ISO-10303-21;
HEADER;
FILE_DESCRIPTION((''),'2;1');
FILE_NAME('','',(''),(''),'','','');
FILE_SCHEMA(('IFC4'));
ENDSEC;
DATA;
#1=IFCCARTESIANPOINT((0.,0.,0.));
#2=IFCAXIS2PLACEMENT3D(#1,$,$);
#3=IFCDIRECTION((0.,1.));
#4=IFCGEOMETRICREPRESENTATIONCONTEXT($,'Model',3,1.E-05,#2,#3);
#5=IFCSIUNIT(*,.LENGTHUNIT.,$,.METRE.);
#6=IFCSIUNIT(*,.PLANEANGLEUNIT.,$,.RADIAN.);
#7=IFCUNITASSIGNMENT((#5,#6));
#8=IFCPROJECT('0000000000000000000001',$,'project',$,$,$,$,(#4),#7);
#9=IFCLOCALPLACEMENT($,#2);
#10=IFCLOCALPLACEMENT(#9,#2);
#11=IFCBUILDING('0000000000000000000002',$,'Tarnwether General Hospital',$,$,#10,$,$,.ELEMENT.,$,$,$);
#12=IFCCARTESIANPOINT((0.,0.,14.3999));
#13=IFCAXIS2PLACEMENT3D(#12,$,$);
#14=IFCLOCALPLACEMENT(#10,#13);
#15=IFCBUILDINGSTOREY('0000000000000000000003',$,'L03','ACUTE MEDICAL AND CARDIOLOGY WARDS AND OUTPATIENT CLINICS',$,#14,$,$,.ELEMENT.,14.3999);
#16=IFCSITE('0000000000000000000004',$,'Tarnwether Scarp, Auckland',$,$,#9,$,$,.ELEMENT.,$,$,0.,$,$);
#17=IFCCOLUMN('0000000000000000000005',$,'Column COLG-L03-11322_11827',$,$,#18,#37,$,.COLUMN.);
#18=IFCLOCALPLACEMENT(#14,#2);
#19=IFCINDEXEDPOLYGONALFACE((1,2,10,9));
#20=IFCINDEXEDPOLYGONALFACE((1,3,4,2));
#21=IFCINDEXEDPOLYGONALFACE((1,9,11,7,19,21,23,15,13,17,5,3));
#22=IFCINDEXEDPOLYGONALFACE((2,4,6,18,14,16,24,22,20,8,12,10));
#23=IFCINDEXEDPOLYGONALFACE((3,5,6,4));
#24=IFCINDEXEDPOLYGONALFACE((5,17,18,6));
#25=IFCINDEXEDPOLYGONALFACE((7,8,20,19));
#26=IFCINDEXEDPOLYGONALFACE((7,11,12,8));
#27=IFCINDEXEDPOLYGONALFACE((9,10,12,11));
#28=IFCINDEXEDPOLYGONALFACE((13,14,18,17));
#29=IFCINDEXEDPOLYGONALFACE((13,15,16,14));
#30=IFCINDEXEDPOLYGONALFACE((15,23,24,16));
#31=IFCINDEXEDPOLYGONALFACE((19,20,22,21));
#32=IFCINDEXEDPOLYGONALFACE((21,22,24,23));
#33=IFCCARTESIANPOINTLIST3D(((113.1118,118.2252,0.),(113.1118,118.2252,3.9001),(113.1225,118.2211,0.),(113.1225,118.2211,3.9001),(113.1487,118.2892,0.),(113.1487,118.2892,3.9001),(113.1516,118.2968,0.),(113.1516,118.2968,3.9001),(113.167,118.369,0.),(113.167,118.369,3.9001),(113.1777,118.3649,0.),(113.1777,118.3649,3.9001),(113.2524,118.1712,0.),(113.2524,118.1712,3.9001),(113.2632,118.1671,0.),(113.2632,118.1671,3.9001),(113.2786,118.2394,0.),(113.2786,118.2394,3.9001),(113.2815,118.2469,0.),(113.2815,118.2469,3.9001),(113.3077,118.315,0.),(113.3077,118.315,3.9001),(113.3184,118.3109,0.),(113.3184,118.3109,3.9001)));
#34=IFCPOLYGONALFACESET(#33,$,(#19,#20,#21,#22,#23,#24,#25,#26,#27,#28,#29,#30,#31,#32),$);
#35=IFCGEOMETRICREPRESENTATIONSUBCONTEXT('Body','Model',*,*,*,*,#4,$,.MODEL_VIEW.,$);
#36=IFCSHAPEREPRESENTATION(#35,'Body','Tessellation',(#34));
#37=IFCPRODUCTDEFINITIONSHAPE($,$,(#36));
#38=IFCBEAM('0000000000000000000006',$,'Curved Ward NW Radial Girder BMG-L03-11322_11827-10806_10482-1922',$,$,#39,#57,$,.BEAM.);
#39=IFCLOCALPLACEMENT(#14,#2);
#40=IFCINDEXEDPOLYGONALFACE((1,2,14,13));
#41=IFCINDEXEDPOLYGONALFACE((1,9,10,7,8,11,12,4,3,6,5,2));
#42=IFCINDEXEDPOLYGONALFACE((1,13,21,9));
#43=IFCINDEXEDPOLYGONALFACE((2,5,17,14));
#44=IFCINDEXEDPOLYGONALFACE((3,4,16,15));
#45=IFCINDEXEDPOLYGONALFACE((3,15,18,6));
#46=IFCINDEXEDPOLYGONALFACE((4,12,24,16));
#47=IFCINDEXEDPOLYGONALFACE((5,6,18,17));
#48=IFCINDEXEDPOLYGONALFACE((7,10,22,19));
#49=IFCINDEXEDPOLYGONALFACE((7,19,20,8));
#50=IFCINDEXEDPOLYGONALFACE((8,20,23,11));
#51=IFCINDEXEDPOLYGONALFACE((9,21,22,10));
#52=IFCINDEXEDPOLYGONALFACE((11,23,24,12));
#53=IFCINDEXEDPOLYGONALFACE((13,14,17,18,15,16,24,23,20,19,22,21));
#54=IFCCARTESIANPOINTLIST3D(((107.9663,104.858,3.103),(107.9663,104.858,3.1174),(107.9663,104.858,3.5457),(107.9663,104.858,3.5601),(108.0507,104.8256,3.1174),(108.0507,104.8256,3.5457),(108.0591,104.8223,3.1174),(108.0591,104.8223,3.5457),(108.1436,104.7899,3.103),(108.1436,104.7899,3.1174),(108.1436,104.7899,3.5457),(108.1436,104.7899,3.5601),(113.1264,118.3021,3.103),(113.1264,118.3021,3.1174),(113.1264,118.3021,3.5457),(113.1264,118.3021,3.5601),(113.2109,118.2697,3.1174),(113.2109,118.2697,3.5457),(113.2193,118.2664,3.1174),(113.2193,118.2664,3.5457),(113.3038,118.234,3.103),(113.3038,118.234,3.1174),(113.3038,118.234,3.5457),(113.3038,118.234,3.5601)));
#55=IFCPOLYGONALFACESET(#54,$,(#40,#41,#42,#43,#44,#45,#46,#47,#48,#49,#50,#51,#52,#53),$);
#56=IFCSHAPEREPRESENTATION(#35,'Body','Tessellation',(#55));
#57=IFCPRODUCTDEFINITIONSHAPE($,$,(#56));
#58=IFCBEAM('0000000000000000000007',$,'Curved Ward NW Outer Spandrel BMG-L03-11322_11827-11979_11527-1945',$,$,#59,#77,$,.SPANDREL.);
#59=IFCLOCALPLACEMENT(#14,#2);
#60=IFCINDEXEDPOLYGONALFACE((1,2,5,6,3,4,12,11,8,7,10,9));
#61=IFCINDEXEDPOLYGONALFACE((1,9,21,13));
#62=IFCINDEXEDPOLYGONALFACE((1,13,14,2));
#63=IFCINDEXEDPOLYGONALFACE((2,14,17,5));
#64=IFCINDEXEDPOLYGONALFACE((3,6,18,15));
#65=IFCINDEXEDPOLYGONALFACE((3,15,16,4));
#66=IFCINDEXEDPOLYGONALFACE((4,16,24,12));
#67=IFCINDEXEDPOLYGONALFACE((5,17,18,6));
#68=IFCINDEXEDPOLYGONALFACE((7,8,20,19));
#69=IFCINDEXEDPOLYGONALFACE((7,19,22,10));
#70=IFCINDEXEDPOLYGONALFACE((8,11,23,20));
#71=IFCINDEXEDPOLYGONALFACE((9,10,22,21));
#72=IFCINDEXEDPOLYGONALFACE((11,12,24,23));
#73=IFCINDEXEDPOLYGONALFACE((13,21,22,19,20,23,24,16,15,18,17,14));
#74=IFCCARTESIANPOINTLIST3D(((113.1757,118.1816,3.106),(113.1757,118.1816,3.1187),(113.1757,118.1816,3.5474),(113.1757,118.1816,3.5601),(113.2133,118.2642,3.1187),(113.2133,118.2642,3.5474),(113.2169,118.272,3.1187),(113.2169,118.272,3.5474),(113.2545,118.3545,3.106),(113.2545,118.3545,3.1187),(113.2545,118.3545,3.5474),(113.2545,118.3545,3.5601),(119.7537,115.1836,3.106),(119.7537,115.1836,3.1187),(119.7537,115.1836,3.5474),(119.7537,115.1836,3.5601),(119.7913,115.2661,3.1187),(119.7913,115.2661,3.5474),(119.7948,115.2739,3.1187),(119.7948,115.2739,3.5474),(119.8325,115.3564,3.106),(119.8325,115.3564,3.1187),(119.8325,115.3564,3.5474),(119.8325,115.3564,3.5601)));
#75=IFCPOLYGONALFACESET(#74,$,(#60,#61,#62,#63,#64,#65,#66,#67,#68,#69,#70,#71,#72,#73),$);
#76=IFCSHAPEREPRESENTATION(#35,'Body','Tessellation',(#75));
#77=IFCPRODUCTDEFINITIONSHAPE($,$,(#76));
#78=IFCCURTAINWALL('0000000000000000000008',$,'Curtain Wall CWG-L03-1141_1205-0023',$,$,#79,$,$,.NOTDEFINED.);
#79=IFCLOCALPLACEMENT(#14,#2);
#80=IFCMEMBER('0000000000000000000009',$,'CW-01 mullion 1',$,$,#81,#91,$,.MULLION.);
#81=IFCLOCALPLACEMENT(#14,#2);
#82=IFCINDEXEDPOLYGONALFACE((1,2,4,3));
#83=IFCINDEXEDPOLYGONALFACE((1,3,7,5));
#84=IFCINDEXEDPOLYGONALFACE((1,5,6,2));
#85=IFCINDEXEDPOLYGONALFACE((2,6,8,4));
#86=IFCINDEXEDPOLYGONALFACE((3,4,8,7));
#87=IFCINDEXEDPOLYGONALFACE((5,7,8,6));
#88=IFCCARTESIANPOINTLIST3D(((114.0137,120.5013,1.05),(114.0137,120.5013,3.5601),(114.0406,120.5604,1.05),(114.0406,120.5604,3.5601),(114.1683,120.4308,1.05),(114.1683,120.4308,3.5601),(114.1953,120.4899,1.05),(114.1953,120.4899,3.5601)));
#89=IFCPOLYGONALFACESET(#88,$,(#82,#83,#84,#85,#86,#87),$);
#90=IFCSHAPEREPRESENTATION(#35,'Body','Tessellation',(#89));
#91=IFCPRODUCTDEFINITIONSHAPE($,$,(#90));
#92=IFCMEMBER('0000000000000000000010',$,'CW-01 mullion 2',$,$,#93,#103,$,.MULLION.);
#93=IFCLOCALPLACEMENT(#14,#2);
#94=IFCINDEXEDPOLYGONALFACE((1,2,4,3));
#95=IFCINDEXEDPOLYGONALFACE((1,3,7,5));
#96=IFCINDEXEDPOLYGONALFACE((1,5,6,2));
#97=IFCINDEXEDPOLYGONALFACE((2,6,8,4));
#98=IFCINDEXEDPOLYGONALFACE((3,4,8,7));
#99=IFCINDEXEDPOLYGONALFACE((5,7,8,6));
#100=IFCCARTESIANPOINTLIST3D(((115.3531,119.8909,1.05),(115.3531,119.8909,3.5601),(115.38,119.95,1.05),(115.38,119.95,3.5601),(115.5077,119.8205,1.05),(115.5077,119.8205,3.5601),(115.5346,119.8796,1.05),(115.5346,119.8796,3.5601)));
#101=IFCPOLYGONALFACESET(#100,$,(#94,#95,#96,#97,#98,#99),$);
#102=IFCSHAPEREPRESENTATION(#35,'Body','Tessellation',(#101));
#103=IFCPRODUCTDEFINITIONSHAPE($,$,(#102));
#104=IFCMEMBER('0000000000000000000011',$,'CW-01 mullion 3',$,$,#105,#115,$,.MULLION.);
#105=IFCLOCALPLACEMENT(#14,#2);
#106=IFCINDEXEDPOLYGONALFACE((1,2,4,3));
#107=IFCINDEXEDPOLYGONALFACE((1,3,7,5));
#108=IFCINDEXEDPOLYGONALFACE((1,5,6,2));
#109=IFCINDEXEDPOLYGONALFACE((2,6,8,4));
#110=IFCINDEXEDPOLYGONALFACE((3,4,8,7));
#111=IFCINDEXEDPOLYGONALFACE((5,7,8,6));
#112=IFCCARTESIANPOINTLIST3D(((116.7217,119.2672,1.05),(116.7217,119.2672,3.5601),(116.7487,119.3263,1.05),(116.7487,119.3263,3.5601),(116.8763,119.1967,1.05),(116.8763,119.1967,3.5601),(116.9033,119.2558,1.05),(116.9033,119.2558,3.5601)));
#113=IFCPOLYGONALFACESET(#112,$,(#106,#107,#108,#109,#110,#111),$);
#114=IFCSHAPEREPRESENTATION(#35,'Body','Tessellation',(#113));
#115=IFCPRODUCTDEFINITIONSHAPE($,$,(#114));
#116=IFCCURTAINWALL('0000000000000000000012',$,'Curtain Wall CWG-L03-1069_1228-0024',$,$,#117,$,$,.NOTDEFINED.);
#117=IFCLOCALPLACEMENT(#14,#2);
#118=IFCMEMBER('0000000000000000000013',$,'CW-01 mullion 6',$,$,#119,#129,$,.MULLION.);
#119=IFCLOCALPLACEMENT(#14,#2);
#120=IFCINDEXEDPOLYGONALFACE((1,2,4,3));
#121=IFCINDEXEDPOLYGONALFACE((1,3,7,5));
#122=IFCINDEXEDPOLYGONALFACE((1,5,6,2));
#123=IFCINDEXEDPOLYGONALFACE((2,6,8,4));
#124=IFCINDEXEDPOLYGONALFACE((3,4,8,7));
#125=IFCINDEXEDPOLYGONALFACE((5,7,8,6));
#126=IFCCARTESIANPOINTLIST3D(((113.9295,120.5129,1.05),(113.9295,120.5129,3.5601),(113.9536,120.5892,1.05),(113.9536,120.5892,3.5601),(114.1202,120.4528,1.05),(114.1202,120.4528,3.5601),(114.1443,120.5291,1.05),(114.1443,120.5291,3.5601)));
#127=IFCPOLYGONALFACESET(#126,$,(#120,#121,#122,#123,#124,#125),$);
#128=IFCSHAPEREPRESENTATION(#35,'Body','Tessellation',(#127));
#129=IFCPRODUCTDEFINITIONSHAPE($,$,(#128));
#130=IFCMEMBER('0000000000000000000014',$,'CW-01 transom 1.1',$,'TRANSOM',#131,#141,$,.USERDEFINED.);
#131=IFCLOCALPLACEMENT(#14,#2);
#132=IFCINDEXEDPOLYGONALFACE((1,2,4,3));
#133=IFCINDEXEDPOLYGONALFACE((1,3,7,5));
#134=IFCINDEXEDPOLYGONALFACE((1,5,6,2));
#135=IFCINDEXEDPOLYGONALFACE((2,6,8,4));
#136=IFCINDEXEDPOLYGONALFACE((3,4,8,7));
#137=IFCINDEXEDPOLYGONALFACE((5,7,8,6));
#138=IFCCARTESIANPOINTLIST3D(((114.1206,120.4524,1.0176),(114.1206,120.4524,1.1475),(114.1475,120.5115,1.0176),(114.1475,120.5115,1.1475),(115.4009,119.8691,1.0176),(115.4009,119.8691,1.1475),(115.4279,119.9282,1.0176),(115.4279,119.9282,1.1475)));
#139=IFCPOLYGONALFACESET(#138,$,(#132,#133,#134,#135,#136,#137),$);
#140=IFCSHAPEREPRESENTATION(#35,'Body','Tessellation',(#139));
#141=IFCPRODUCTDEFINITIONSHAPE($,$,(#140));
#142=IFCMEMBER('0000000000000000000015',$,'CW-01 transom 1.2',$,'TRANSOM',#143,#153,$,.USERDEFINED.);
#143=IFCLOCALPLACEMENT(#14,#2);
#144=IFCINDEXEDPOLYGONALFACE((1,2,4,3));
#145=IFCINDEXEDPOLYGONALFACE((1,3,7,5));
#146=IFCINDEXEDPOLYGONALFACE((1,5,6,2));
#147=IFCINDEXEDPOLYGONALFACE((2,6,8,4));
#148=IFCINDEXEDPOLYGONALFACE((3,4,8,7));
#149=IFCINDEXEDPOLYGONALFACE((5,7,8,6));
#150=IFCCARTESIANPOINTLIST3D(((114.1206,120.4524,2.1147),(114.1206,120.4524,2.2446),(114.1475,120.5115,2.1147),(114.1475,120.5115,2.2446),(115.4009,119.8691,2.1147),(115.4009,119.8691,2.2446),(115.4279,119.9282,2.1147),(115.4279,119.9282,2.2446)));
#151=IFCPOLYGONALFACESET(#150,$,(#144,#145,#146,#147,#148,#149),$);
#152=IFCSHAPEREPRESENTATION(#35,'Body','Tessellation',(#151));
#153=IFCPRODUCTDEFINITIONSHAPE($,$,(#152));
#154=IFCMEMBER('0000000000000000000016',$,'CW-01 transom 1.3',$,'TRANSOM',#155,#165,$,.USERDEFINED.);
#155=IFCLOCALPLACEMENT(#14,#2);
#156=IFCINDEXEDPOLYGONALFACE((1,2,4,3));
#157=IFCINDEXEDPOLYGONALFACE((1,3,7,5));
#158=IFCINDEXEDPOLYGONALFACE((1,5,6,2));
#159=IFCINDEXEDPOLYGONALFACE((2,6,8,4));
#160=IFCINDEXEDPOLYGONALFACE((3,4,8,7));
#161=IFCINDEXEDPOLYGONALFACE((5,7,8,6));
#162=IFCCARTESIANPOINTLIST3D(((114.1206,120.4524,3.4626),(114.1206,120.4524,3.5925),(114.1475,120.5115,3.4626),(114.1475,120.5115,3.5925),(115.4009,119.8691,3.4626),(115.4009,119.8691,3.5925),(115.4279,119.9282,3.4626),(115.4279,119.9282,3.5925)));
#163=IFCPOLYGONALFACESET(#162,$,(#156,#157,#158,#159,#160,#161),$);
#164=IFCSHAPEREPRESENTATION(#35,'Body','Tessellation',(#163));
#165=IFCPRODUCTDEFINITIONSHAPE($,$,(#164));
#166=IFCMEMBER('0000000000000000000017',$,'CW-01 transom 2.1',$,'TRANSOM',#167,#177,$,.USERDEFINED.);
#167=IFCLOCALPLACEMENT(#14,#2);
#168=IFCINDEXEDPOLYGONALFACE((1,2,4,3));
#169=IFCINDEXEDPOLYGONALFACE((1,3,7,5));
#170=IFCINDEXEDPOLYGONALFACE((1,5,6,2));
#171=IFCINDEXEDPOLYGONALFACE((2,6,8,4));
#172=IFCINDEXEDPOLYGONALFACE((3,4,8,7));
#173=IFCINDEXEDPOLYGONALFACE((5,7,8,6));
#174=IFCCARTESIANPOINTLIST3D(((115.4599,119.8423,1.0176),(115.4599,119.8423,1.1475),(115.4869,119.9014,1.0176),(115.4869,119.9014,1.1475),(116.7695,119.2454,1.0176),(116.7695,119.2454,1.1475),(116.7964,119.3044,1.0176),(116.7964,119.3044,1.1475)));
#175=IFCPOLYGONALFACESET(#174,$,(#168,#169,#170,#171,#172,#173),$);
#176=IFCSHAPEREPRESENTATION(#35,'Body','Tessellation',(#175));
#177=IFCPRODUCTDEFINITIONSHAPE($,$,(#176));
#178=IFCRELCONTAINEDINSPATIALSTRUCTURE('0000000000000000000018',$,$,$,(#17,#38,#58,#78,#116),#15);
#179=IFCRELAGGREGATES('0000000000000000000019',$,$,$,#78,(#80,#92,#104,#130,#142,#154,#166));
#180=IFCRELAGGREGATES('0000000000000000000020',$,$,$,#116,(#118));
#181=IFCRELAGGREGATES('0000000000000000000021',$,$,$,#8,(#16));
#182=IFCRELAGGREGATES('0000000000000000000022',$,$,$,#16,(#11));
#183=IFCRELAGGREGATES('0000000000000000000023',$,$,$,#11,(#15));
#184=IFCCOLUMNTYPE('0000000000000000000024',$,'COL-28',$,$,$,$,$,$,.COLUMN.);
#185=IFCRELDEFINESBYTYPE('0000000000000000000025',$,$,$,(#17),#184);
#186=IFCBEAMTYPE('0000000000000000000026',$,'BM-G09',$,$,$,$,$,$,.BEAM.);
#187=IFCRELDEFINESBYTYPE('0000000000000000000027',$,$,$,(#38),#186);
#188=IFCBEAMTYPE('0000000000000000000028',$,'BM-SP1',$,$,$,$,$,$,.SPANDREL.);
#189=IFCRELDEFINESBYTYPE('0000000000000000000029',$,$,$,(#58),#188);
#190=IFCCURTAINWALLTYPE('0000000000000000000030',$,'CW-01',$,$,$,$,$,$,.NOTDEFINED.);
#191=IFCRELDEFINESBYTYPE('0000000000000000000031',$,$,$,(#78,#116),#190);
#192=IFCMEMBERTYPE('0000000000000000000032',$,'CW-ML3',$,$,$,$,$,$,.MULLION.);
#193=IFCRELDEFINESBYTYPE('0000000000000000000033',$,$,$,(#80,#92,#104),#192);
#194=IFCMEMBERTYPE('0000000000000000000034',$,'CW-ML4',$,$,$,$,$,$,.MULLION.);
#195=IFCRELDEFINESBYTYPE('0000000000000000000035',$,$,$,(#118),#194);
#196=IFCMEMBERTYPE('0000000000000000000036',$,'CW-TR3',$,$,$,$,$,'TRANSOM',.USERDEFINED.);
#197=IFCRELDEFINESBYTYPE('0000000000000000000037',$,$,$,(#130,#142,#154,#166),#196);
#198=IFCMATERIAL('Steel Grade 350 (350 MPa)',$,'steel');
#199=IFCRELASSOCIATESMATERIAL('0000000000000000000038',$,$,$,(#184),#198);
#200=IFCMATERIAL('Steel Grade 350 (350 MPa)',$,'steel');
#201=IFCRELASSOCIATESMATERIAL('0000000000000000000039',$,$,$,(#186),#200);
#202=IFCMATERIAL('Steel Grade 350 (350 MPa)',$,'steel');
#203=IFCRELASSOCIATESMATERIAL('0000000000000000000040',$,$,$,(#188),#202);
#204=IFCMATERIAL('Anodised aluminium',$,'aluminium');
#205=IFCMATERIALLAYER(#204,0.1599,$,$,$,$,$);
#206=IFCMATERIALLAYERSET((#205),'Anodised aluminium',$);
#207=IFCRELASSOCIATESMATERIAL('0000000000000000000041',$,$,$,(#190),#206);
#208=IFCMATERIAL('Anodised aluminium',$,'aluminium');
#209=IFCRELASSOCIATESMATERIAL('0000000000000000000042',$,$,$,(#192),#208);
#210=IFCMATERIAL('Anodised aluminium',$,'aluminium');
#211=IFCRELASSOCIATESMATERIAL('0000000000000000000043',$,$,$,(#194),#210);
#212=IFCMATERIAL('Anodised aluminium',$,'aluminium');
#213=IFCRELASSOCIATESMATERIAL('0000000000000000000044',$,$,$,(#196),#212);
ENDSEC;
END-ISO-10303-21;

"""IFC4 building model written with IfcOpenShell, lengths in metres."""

from ifc_helpers import new_model, si_unit, direction, frame, origin, origin_2d, place, context, subcontext, project, spatial, rectangle, i_section, extrude, material, layer, layer_set, material_profile, profile_set, type_object, element, aggregate, save


model = new_model("IFC4")

# Units and contexts
model_context = context("Model", 3, precision=1e-05, world=origin(), true_north=direction((0.0, 1.0)))
body_context = subcontext(model_context, "Body", "Model", "MODEL_VIEW")
ifc_project = project(units=[si_unit("LENGTHUNIT", "METRE"), si_unit("PLANEANGLEUNIT", "RADIAN")], contexts=[model_context])

# Site, building, storey
site_placement = place(None, origin())
site = spatial("IfcSite", under=ifc_project, at=site_placement, Name="Tarnwether Scarp, Auckland", CompositionType="ELEMENT", RefElevation=0.0)
building_placement = place(site_placement, origin())
building = spatial("IfcBuilding", under=site, at=building_placement, Name="Tarnwether General Hospital", CompositionType="ELEMENT")
storey_placement = place(building_placement, frame((0.0, 0.0, 14.3999)))
storey = spatial("IfcBuildingStorey", under=building, at=storey_placement, Name="L03", Description="ACUTE MEDICAL AND CARDIOLOGY WARDS AND OUTPATIENT CLINICS", CompositionType="ELEMENT", Elevation=14.3999)

# Column
ifc_material_1 = material(Name="Steel Grade 350 (350 MPa)", Category="steel")
ifc_material_profile_1 = material_profile(ifc_material_1, i_section(OverallWidth=0.1541, OverallDepth=0.1621, WebThickness=0.0081, FlangeThickness=0.0115, at=origin_2d()), Name="150UC37.2")
ifc_profile_set_1 = profile_set([ifc_material_profile_1], Name="Steel Grade 350 (350 MPa)")
column_type = type_object("IfcColumnType", Name="COL-28", PredefinedType="COLUMN", material=ifc_profile_set_1)
column_placement = place(storey_placement, frame((113.2151, 118.2681, 0.0), z_axis=(0.0, 0.0, 1.0), x_axis=(0.358368, 0.93358, 0.0)))
element("IfcColumn", 1, at=column_placement, inside=storey, type_object=column_type, Name="Column COLG-L03-11322_11827", PredefinedType="COLUMN", context=body_context, shape_type="SweptSolid", body=[
    extrude(i_section(OverallWidth=0.1541, OverallDepth=0.1621, WebThickness=0.0081, FlangeThickness=0.0115, at=origin_2d()), origin(), (0.0, 0.0, 1.0), 3.9001),
])

# Beams
ifc_material_2 = material(Name="Steel Grade 350 (350 MPa)", Category="steel")
ifc_material_profile_2 = material_profile(ifc_material_2, i_section(OverallWidth=0.1899, OverallDepth=0.457, WebThickness=0.009, FlangeThickness=0.0144, at=origin_2d()), Name="460UB74.6")
ifc_profile_set_2 = profile_set([ifc_material_profile_2], Name="Steel Grade 350 (350 MPa)")
beam_type_1 = type_object("IfcBeamType", Name="BM-G09", PredefinedType="BEAM", material=ifc_profile_set_2)
beam_1_placement = place(storey_placement, frame((113.2151, 118.2681, 3.3315), z_axis=(-0.358335, -0.933593, 0.0), x_axis=(0.933593, -0.358335, 0.0)))
element("IfcBeam", 2, at=beam_1_placement, inside=storey, type_object=beam_type_1, Name="Curved Ward NW Radial Girder BMG-L03-11322_11827-10806_10482-1922", PredefinedType="BEAM", context=body_context, shape_type="SweptSolid", body=[
    extrude(i_section(OverallWidth=0.1899, OverallDepth=0.457, WebThickness=0.009, FlangeThickness=0.0144, at=origin_2d()), origin(), (0.0, 0.0, 1.0), 14.4004),
])
ifc_material_3 = material(Name="Steel Grade 350 (350 MPa)", Category="steel")
ifc_material_profile_3 = material_profile(ifc_material_3, i_section(OverallWidth=0.1899, OverallDepth=0.4541, WebThickness=0.0085, FlangeThickness=0.0127, at=origin_2d()), Name="460UB67.1")
ifc_profile_set_3 = profile_set([ifc_material_profile_3], Name="Steel Grade 350 (350 MPa)")
beam_type_2 = type_object("IfcBeamType", Name="BM-SP1", PredefinedType="SPANDREL", material=ifc_profile_set_3)
beam_2_placement = place(storey_placement, frame((113.2151, 118.2681, 3.333), z_axis=(0.909944, -0.414731, 0.0), x_axis=(0.414731, 0.909944, 0.0)))
element("IfcBeam", 3, at=beam_2_placement, inside=storey, type_object=beam_type_2, Name="Curved Ward NW Outer Spandrel BMG-L03-11322_11827-11979_11527-1945", PredefinedType="SPANDREL", context=body_context, shape_type="SweptSolid", body=[
    extrude(i_section(OverallWidth=0.1899, OverallDepth=0.4541, WebThickness=0.0085, FlangeThickness=0.0127, at=origin_2d()), origin(), (0.0, 0.0, 1.0), 7.229),
])

# Curtain wall, members
ifc_material_4 = material(Name="Anodised aluminium", Category="aluminium")
ifc_layer_1 = layer(ifc_material_4, 0.1599)
ifc_layer_set_1 = layer_set([ifc_layer_1], Name="Anodised aluminium")
curtain_wall_type = type_object("IfcCurtainWallType", Name="CW-01", PredefinedType="NOTDEFINED", material=ifc_layer_set_1)
curtain_wall_1_placement = place(storey_placement, origin())
curtain_wall_1 = element("IfcCurtainWall", 4, at=curtain_wall_1_placement, inside=storey, type_object=curtain_wall_type, Name="Curtain Wall CWG-L03-1141_1205-0023", PredefinedType="NOTDEFINED")
ifc_material_5 = material(Name="Anodised aluminium", Category="aluminium")
ifc_material_profile_4 = material_profile(ifc_material_5, rectangle(XDim=0.0649, YDim=0.1699, at=origin_2d()), Name="ALU-MUL-65x170")
ifc_profile_set_4 = profile_set([ifc_material_profile_4], Name="Anodised aluminium")
member_type_1 = type_object("IfcMemberType", Name="CW-ML3", PredefinedType="MULLION", material=ifc_profile_set_4)
member_1_placement = place(storey_placement, frame((114.1045, 120.4956, 1.05), z_axis=(0.0, 0.0, 1.0), x_axis=(0.414694, 0.909961, 0.0)))
member_1 = element("IfcMember", 5, at=member_1_placement, type_object=member_type_1, Name="CW-01 mullion 1", PredefinedType="MULLION", context=body_context, shape_type="SweptSolid", body=[
    extrude(rectangle(XDim=0.0649, YDim=0.1699, at=origin_2d()), origin(), (0.0, 0.0, 1.0), 2.51),
])
member_2_placement = place(storey_placement, frame((115.4438, 119.8853, 1.05), z_axis=(0.0, 0.0, 1.0), x_axis=(0.414694, 0.909961, 0.0)))
member_2 = element("IfcMember", 6, at=member_2_placement, type_object=member_type_1, Name="CW-01 mullion 2", PredefinedType="MULLION", context=body_context, shape_type="SweptSolid", body=[
    extrude(rectangle(XDim=0.0649, YDim=0.1699, at=origin_2d()), origin(), (0.0, 0.0, 1.0), 2.51),
])
member_3_placement = place(storey_placement, frame((116.8125, 119.2615, 1.05), z_axis=(0.0, 0.0, 1.0), x_axis=(0.414694, 0.909961, 0.0)))
member_3 = element("IfcMember", 7, at=member_3_placement, type_object=member_type_1, Name="CW-01 mullion 3", PredefinedType="MULLION", context=body_context, shape_type="SweptSolid", body=[
    extrude(rectangle(XDim=0.0649, YDim=0.1699, at=origin_2d()), origin(), (0.0, 0.0, 1.0), 2.51),
])

# Curtain wall, member
curtain_wall_2_placement = place(storey_placement, origin())
curtain_wall_2 = element("IfcCurtainWall", 8, at=curtain_wall_2_placement, inside=storey, type_object=curtain_wall_type, Name="Curtain Wall CWG-L03-1069_1228-0024", PredefinedType="NOTDEFINED")
ifc_material_6 = material(Name="Anodised aluminium", Category="aluminium")
ifc_material_profile_5 = material_profile(ifc_material_6, rectangle(XDim=0.0801, YDim=0.2, at=origin_2d()), Name="ALU-MUL-80x200")
ifc_profile_set_5 = profile_set([ifc_material_profile_5], Name="Anodised aluminium")
member_type_2 = type_object("IfcMemberType", Name="CW-ML4", PredefinedType="MULLION", material=ifc_profile_set_5)
member_4_placement = place(storey_placement, frame((114.0369, 120.521, 1.05), z_axis=(0.0, 0.0, 1.0), x_axis=(0.300629, 0.953741, 0.0)))
member_4 = element("IfcMember", 9, at=member_4_placement, type_object=member_type_2, Name="CW-01 mullion 6", PredefinedType="MULLION", context=body_context, shape_type="SweptSolid", body=[
    extrude(rectangle(XDim=0.0801, YDim=0.2, at=origin_2d()), origin(), (0.0, 0.0, 1.0), 2.51),
])

# Members
ifc_material_7 = material(Name="Anodised aluminium", Category="aluminium")
ifc_material_profile_6 = material_profile(ifc_material_7, rectangle(XDim=0.0649, YDim=0.1299, at=origin_2d()), Name="ALU-TRN-65x130")
ifc_profile_set_6 = profile_set([ifc_material_profile_6], Name="Anodised aluminium")
member_type_3 = type_object("IfcMemberType", Name="CW-TR3", ElementType="TRANSOM", PredefinedType="USERDEFINED", material=ifc_profile_set_6)
member_5_placement = place(storey_placement, frame((114.134, 120.4819, 1.0825), z_axis=(0.910016, -0.414574, 0.0), x_axis=(0.414574, 0.910016, 0.0)))
member_5 = element("IfcMember", 10, at=member_5_placement, type_object=member_type_3, Name="CW-01 transom 1.1", ObjectType="TRANSOM", PredefinedType="USERDEFINED", context=body_context, shape_type="SweptSolid", body=[
    extrude(rectangle(XDim=0.0649, YDim=0.1299, at=origin_2d()), origin(), (0.0, 0.0, 1.0), 1.407),
])
member_6_placement = place(storey_placement, frame((114.134, 120.4819, 2.1797), z_axis=(0.910016, -0.414574, 0.0), x_axis=(0.414574, 0.910016, 0.0)))
member_6 = element("IfcMember", 11, at=member_6_placement, type_object=member_type_3, Name="CW-01 transom 1.2", ObjectType="TRANSOM", PredefinedType="USERDEFINED", context=body_context, shape_type="SweptSolid", body=[
    extrude(rectangle(XDim=0.0649, YDim=0.1299, at=origin_2d()), origin(), (0.0, 0.0, 1.0), 1.407),
])
member_7_placement = place(storey_placement, frame((114.134, 120.4819, 3.5276), z_axis=(0.910016, -0.414574, 0.0), x_axis=(0.414574, 0.910016, 0.0)))
member_7 = element("IfcMember", 12, at=member_7_placement, type_object=member_type_3, Name="CW-01 transom 1.3", ObjectType="TRANSOM", PredefinedType="USERDEFINED", context=body_context, shape_type="SweptSolid", body=[
    extrude(rectangle(XDim=0.0649, YDim=0.1299, at=origin_2d()), origin(), (0.0, 0.0, 1.0), 1.407),
])
member_8_placement = place(storey_placement, frame((115.4734, 119.8718, 1.0825), z_axis=(0.90993, -0.414761, 0.0), x_axis=(0.414761, 0.90993, 0.0)))
member_8 = element("IfcMember", 13, at=member_8_placement, type_object=member_type_3, Name="CW-01 transom 2.1", ObjectType="TRANSOM", PredefinedType="USERDEFINED", context=body_context, shape_type="SweptSolid", body=[
    extrude(rectangle(XDim=0.0649, YDim=0.1299, at=origin_2d()), origin(), (0.0, 0.0, 1.0), 1.4392),
])

aggregate(curtain_wall_1, [member_1, member_2, member_3, member_5, member_6, member_7, member_8])
aggregate(curtain_wall_2, [member_4])

save(model, "model.ifc")
